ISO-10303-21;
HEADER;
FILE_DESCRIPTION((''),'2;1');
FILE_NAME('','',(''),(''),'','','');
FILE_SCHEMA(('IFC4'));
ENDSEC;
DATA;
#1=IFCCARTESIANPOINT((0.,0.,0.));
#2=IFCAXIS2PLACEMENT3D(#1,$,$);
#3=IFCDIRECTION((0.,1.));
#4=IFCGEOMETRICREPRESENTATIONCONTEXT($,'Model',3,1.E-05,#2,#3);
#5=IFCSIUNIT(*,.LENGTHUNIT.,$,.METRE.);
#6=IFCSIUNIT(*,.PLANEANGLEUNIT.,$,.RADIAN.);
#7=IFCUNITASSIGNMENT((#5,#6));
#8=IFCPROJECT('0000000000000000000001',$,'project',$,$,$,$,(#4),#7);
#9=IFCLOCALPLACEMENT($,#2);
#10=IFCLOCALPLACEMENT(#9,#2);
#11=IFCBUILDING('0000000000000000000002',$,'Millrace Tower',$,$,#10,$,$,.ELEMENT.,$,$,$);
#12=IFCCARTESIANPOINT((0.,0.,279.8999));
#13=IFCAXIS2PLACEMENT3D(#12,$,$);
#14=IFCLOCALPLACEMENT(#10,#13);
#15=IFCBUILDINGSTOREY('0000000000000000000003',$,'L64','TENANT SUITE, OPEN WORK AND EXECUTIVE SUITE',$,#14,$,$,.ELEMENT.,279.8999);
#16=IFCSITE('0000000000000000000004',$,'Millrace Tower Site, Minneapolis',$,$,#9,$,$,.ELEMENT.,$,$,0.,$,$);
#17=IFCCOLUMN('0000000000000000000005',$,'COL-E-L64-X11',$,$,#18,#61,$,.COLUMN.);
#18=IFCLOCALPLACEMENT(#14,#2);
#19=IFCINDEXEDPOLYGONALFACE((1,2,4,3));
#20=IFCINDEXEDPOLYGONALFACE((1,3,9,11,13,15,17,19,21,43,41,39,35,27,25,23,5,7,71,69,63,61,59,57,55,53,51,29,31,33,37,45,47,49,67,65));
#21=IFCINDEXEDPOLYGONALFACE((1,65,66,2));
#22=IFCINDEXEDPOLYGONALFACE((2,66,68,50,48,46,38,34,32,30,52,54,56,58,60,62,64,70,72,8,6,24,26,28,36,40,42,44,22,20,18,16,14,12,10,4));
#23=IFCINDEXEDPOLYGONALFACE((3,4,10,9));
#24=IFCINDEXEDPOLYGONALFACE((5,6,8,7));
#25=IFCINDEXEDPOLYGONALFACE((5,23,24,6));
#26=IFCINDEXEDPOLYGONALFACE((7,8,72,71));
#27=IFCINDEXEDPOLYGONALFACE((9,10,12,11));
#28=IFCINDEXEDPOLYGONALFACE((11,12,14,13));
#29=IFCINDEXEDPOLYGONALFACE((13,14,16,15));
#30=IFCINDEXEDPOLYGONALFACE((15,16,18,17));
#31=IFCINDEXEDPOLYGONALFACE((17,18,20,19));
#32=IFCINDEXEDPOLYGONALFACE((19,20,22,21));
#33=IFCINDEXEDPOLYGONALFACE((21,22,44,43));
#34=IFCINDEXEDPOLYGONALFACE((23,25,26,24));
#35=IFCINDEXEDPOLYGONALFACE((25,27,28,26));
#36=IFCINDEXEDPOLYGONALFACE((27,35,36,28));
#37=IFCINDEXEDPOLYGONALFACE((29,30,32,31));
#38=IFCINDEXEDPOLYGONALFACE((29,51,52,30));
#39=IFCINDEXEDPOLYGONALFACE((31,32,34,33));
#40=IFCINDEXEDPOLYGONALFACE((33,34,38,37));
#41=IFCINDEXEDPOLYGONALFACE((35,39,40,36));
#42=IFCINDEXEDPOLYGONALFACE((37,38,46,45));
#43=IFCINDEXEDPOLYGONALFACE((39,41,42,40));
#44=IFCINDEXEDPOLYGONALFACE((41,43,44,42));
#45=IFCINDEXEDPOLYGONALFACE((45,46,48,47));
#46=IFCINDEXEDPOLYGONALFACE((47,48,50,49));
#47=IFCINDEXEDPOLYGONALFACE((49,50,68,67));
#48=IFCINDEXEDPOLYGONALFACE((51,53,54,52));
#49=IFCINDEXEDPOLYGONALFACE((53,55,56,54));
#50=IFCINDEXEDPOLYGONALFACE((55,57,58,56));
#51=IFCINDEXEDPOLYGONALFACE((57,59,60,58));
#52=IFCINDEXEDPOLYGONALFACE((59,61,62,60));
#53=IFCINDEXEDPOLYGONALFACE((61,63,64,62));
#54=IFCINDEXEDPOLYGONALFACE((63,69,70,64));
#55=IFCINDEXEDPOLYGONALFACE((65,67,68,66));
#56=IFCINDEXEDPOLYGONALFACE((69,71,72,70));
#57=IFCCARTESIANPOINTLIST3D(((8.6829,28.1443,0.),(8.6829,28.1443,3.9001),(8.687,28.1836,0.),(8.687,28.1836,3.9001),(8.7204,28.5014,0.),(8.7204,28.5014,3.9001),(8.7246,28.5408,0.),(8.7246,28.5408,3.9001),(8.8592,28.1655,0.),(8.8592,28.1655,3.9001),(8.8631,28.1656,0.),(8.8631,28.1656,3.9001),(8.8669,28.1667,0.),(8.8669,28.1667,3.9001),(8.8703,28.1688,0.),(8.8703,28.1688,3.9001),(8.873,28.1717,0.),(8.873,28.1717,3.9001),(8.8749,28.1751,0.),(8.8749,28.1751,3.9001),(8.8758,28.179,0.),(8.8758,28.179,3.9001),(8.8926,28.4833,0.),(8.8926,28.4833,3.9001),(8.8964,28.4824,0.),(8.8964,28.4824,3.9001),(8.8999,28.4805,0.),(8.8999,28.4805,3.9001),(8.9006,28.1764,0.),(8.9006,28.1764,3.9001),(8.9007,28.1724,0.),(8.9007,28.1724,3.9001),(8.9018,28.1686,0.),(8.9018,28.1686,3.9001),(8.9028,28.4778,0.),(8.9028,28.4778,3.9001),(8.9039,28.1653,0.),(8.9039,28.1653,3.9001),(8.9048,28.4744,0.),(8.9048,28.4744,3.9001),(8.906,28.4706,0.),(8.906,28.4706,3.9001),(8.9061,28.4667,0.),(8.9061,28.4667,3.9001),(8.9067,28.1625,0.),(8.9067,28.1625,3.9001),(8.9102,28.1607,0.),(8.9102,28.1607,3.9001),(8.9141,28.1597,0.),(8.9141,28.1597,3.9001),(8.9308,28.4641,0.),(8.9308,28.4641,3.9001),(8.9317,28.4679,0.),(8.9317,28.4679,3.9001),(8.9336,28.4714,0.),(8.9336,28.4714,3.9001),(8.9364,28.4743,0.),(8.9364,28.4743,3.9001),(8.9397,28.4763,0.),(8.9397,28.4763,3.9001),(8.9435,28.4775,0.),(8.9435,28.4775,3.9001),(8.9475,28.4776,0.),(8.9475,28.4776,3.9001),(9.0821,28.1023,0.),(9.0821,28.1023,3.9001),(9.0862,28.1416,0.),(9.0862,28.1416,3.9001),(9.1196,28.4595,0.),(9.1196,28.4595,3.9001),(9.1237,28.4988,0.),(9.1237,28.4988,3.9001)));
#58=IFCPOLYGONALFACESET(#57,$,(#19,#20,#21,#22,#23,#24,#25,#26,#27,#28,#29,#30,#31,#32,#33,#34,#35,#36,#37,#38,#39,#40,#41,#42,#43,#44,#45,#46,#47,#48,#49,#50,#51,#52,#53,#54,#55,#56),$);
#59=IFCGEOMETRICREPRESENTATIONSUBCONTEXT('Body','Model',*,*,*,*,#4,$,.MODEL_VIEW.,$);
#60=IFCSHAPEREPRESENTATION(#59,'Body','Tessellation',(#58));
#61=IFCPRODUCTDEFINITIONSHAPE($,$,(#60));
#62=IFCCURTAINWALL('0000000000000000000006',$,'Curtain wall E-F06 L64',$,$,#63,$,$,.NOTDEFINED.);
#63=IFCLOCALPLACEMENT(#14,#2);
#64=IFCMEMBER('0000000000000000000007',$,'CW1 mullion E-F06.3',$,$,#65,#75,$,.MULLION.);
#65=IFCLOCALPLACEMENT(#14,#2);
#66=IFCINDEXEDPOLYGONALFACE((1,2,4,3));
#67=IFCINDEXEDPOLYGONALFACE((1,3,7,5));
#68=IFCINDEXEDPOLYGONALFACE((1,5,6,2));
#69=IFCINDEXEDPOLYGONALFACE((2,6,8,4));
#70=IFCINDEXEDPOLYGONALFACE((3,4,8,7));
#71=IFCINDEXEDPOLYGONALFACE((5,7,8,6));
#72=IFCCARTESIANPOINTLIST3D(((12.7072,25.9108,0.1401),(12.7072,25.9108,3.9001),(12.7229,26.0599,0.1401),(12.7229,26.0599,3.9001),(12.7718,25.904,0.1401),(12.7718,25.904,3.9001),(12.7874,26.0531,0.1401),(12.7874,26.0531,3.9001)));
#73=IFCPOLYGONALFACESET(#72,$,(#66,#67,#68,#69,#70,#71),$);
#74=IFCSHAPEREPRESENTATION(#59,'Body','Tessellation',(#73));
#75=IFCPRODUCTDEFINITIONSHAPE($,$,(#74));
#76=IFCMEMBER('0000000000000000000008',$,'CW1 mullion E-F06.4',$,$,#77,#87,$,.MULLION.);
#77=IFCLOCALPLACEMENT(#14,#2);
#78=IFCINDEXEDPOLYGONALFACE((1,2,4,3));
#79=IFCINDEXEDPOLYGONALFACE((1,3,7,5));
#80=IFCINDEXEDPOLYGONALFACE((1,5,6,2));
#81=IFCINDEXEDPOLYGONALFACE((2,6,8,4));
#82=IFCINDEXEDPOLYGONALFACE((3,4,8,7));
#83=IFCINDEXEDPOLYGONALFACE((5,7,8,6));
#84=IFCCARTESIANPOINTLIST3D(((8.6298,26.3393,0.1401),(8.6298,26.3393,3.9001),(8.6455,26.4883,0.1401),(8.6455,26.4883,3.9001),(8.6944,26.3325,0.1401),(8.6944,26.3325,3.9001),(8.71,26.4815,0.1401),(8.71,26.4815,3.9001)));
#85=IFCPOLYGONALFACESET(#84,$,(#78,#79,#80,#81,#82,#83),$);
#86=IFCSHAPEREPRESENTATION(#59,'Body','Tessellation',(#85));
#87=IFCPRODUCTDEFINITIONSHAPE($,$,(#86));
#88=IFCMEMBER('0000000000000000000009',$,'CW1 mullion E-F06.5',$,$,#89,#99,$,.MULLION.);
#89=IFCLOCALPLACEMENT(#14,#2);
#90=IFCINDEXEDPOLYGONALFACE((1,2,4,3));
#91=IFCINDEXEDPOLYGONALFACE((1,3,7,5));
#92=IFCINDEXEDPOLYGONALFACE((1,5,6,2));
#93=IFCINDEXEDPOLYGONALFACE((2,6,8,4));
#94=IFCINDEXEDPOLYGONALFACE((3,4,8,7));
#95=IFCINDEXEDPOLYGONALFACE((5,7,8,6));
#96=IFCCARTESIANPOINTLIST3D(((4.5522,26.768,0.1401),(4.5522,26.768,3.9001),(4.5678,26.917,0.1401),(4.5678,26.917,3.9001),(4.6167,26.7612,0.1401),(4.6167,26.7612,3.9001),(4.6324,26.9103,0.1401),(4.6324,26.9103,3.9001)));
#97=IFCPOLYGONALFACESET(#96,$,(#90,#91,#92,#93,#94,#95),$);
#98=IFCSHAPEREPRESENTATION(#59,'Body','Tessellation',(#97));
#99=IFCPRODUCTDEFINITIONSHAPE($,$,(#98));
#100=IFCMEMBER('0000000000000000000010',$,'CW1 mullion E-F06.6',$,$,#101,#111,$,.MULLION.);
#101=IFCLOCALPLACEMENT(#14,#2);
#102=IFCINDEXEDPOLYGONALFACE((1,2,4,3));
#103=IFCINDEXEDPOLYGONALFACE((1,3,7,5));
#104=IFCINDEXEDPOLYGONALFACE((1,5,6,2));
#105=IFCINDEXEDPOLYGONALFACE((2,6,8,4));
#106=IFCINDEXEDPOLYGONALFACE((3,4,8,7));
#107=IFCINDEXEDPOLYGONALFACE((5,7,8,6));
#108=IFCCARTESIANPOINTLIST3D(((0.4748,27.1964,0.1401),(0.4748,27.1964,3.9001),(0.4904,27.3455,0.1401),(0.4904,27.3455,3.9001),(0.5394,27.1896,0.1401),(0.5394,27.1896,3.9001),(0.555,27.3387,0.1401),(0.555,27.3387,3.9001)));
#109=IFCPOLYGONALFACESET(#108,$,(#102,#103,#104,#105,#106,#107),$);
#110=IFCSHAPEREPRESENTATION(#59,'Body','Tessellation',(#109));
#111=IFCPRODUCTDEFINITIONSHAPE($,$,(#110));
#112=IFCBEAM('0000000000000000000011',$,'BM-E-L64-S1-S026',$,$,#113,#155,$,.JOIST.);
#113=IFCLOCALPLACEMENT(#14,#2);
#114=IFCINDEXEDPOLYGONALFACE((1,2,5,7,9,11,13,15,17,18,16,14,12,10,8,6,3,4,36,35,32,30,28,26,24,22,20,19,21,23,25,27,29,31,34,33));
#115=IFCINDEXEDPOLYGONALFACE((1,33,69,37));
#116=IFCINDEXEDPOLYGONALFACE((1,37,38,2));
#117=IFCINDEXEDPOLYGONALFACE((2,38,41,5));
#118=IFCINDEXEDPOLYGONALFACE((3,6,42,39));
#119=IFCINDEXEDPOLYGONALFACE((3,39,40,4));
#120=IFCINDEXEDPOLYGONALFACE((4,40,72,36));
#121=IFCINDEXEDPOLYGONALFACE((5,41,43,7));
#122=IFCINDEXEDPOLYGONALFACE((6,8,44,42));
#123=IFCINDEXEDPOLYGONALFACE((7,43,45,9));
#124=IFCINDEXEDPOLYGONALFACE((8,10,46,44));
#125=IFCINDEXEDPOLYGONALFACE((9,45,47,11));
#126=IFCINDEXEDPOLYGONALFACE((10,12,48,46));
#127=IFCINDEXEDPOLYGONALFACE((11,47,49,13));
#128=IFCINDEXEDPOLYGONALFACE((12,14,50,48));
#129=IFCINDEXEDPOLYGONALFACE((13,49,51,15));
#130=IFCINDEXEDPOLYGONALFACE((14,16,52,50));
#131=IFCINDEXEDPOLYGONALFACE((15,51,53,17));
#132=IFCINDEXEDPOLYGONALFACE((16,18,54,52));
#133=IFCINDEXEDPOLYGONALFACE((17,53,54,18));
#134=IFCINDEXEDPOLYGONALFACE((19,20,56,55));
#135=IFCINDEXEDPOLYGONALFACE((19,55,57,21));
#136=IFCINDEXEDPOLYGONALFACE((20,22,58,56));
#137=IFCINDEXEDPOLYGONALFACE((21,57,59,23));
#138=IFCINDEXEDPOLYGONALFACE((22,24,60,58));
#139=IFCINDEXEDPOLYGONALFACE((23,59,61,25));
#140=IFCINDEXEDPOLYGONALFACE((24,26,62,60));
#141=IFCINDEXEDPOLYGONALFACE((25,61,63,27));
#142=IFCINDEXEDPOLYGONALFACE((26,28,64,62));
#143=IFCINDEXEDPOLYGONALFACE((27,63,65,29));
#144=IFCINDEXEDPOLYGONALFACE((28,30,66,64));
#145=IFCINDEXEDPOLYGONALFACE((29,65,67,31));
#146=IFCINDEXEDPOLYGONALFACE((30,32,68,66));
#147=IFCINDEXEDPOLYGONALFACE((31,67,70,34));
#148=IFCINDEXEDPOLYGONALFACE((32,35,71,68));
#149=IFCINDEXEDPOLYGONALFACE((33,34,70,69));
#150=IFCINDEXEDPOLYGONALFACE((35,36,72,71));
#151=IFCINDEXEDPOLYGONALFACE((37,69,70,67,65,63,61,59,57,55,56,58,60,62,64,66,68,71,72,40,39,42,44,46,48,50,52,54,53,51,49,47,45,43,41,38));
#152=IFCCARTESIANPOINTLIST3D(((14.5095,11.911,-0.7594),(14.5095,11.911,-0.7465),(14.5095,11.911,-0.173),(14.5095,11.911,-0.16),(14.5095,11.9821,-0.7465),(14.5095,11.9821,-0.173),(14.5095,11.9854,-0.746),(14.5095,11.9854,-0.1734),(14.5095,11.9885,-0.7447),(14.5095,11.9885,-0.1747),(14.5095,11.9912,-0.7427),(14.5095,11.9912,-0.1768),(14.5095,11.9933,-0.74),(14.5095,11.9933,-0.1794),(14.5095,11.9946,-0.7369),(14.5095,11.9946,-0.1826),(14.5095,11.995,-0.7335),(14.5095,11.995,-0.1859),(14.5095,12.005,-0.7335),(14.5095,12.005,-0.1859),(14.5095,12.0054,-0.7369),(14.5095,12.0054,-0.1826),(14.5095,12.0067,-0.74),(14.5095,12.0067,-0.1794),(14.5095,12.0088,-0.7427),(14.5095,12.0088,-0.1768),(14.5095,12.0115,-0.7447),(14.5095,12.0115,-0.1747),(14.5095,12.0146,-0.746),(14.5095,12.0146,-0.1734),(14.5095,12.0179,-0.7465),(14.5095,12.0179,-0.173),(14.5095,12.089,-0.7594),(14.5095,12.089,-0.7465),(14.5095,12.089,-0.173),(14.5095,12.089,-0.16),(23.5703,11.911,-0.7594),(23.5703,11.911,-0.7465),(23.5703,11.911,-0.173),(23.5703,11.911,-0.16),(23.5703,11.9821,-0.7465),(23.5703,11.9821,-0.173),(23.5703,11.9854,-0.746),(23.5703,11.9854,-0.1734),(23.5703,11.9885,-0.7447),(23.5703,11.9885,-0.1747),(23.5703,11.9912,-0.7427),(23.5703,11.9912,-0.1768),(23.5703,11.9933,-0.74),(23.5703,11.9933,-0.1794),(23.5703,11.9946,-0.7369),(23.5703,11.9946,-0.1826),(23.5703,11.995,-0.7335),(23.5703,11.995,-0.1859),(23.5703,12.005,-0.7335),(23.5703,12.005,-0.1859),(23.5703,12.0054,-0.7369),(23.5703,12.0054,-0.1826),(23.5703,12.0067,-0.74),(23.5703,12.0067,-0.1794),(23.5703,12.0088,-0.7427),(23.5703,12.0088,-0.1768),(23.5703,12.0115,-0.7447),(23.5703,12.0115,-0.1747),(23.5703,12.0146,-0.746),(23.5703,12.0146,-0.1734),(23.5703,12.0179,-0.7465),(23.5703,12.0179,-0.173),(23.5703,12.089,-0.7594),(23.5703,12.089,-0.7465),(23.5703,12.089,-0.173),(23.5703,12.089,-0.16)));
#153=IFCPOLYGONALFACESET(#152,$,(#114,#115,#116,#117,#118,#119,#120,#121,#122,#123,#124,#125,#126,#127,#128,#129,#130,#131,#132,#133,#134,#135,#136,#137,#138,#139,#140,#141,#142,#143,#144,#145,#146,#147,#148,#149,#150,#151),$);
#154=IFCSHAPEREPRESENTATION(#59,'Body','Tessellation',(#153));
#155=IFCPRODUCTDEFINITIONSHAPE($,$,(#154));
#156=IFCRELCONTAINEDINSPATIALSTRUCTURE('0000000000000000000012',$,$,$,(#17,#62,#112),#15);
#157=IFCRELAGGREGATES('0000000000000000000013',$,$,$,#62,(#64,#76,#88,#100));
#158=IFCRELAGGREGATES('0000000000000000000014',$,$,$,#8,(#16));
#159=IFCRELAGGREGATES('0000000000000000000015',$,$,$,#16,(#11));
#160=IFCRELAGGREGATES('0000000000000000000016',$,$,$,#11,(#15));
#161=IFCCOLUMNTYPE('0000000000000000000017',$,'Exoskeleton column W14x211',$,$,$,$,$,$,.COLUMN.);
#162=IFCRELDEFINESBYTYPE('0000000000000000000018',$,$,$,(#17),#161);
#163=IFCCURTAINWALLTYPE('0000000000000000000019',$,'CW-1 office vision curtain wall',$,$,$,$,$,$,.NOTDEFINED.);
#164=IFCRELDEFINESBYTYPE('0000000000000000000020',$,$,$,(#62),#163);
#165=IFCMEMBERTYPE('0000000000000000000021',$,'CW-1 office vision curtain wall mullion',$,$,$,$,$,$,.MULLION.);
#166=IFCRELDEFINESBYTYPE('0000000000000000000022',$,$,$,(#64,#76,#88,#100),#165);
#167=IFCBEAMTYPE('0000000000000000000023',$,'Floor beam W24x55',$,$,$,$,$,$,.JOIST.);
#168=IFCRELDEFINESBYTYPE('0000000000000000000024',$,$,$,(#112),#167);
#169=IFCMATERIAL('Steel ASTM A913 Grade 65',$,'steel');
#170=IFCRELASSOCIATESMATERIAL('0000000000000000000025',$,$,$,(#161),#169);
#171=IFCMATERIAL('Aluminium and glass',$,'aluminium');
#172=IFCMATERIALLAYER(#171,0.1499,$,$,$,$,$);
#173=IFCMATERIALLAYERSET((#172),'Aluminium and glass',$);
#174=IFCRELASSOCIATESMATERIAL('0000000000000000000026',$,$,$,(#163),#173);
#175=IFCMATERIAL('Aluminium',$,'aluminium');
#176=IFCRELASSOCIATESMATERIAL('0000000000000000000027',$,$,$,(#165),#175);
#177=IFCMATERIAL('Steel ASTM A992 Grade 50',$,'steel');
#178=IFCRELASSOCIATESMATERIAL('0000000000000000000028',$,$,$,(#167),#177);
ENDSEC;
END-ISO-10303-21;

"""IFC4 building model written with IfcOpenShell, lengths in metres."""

from ifc_helpers import new_model, si_unit, direction, frame, origin, origin_2d, place, context, subcontext, project, spatial, rectangle, i_section, extrude, material, layer, layer_set, material_profile, profile_set, type_object, element, aggregate, save


model = new_model("IFC4")

# Units and contexts
model_context = context("Model", 3, precision=1e-05, world=origin(), true_north=direction((0.0, 1.0)))
body_context = subcontext(model_context, "Body", "Model", "MODEL_VIEW")
ifc_project = project(units=[si_unit("LENGTHUNIT", "METRE"), si_unit("PLANEANGLEUNIT", "RADIAN")], contexts=[model_context])

# Site, building, storey
site_placement = place(None, origin())
site = spatial("IfcSite", under=ifc_project, at=site_placement, Name="Millrace Tower Site, Minneapolis", CompositionType="ELEMENT", RefElevation=0.0)
building_placement = place(site_placement, origin())
building = spatial("IfcBuilding", under=site, at=building_placement, Name="Millrace Tower", CompositionType="ELEMENT")
storey_placement = place(building_placement, frame((0.0, 0.0, 279.8999)))
storey = spatial("IfcBuildingStorey", under=building, at=storey_placement, Name="L64", Description="TENANT SUITE, OPEN WORK AND EXECUTIVE SUITE", CompositionType="ELEMENT", Elevation=279.8999)

# Column
ifc_material_1 = material(Name="Steel ASTM A913 Grade 65", Category="steel")
ifc_material_profile_1 = material_profile(ifc_material_1, i_section(OverallWidth=0.4014, OverallDepth=0.3987, WebThickness=0.0249, FlangeThickness=0.0396, FilletRadius=0.0151, at=origin_2d()))
ifc_profile_set_1 = profile_set([ifc_material_profile_1], Name="Steel ASTM A913 Grade 65")
column_type = type_object("IfcColumnType", Name="Exoskeleton column W14x211", PredefinedType="COLUMN", material=ifc_profile_set_1)
column_placement = place(storey_placement, frame((8.9033, 28.3215, 0.0), z_axis=(0.0, 0.0, 1.0), x_axis=(-0.994522, 0.104528, 0.0)))
element("IfcColumn", 1, at=column_placement, inside=storey, type_object=column_type, Name="COL-E-L64-X11", PredefinedType="COLUMN", context=body_context, shape_type="SweptSolid", body=[
    extrude(i_section(OverallWidth=0.4014, OverallDepth=0.3987, WebThickness=0.0249, FlangeThickness=0.0396, FilletRadius=0.0151, at=origin_2d()), origin(), (0.0, 0.0, 1.0), 3.9001),
])

# Curtain wall, members
ifc_material_2 = material(Name="Aluminium and glass", Category="aluminium")
ifc_layer_1 = layer(ifc_material_2, 0.1499)
ifc_layer_set_1 = layer_set([ifc_layer_1], Name="Aluminium and glass")
curtain_wall_type = type_object("IfcCurtainWallType", Name="CW-1 office vision curtain wall", PredefinedType="NOTDEFINED", material=ifc_layer_set_1)
curtain_wall_placement = place(storey_placement, origin())
curtain_wall = element("IfcCurtainWall", 2, at=curtain_wall_placement, inside=storey, type_object=curtain_wall_type, Name="Curtain wall E-F06 L64", PredefinedType="NOTDEFINED")
ifc_material_3 = material(Name="Aluminium", Category="aluminium")
ifc_material_profile_2 = material_profile(ifc_material_3, rectangle(XDim=0.0649, YDim=0.1499, at=origin_2d()))
ifc_profile_set_2 = profile_set([ifc_material_profile_2], Name="Aluminium")
member_type = type_object("IfcMemberType", Name="CW-1 office vision curtain wall mullion", PredefinedType="MULLION", material=ifc_profile_set_2)
member_1_placement = place(storey_placement, frame((12.7473, 25.9819, 0.1401), z_axis=(0.0, 0.0, 1.0), x_axis=(-0.994522, 0.104528, 0.0)))
member_1 = element("IfcMember", 3, at=member_1_placement, type_object=member_type, Name="CW1 mullion E-F06.3", PredefinedType="MULLION", context=body_context, shape_type="SweptSolid", body=[
    extrude(rectangle(XDim=0.0649, YDim=0.1499, at=origin_2d()), origin(), (0.0, 0.0, 1.0), 3.76),
])
member_2_placement = place(storey_placement, frame((8.6699, 26.4104, 0.1401), z_axis=(0.0, 0.0, 1.0), x_axis=(-0.994522, 0.104528, 0.0)))
member_2 = element("IfcMember", 4, at=member_2_placement, type_object=member_type, Name="CW1 mullion E-F06.4", PredefinedType="MULLION", context=body_context, shape_type="SweptSolid", body=[
    extrude(rectangle(XDim=0.0649, YDim=0.1499, at=origin_2d()), origin(), (0.0, 0.0, 1.0), 3.76),
])
member_3_placement = place(storey_placement, frame((4.5923, 26.8391, 0.1401), z_axis=(0.0, 0.0, 1.0), x_axis=(-0.994522, 0.104528, 0.0)))
member_3 = element("IfcMember", 5, at=member_3_placement, type_object=member_type, Name="CW1 mullion E-F06.5", PredefinedType="MULLION", context=body_context, shape_type="SweptSolid", body=[
    extrude(rectangle(XDim=0.0649, YDim=0.1499, at=origin_2d()), origin(), (0.0, 0.0, 1.0), 3.76),
])
member_4_placement = place(storey_placement, frame((0.5149, 27.2676, 0.1401), z_axis=(0.0, 0.0, 1.0), x_axis=(-0.994522, 0.104528, 0.0)))
member_4 = element("IfcMember", 6, at=member_4_placement, type_object=member_type, Name="CW1 mullion E-F06.6", PredefinedType="MULLION", context=body_context, shape_type="SweptSolid", body=[
    extrude(rectangle(XDim=0.0649, YDim=0.1499, at=origin_2d()), origin(), (0.0, 0.0, 1.0), 3.76),
])
aggregate(curtain_wall, [member_1, member_2, member_3, member_4])

# Beam
ifc_material_4 = material(Name="Steel ASTM A992 Grade 50", Category="steel")
ifc_material_profile_3 = material_profile(ifc_material_4, i_section(OverallWidth=0.178, OverallDepth=0.5994, WebThickness=0.01, FlangeThickness=0.0129, FilletRadius=0.0129, at=origin_2d()))
ifc_profile_set_3 = profile_set([ifc_material_profile_3], Name="Steel ASTM A992 Grade 50")
beam_type_1 = type_object("IfcBeamType", Name="Floor beam W24x55", PredefinedType="JOIST", material=ifc_profile_set_3)
beam_1_placement = place(storey_placement, frame((14.5095, 12.0, -0.4597), z_axis=(1.0, 0.0, 0.0), x_axis=(0.0, 1.0, 0.0)))
element("IfcBeam", 7, at=beam_1_placement, inside=storey, type_object=beam_type_1, Name="BM-E-L64-S1-S026", PredefinedType="JOIST", context=body_context, shape_type="SweptSolid", body=[
    extrude(i_section(OverallWidth=0.178, OverallDepth=0.5994, WebThickness=0.01, FlangeThickness=0.0129, FilletRadius=0.0129, at=origin_2d()), origin(), (0.0, 0.0, 1.0), 9.0608),
])

save(model, "model.ifc")
